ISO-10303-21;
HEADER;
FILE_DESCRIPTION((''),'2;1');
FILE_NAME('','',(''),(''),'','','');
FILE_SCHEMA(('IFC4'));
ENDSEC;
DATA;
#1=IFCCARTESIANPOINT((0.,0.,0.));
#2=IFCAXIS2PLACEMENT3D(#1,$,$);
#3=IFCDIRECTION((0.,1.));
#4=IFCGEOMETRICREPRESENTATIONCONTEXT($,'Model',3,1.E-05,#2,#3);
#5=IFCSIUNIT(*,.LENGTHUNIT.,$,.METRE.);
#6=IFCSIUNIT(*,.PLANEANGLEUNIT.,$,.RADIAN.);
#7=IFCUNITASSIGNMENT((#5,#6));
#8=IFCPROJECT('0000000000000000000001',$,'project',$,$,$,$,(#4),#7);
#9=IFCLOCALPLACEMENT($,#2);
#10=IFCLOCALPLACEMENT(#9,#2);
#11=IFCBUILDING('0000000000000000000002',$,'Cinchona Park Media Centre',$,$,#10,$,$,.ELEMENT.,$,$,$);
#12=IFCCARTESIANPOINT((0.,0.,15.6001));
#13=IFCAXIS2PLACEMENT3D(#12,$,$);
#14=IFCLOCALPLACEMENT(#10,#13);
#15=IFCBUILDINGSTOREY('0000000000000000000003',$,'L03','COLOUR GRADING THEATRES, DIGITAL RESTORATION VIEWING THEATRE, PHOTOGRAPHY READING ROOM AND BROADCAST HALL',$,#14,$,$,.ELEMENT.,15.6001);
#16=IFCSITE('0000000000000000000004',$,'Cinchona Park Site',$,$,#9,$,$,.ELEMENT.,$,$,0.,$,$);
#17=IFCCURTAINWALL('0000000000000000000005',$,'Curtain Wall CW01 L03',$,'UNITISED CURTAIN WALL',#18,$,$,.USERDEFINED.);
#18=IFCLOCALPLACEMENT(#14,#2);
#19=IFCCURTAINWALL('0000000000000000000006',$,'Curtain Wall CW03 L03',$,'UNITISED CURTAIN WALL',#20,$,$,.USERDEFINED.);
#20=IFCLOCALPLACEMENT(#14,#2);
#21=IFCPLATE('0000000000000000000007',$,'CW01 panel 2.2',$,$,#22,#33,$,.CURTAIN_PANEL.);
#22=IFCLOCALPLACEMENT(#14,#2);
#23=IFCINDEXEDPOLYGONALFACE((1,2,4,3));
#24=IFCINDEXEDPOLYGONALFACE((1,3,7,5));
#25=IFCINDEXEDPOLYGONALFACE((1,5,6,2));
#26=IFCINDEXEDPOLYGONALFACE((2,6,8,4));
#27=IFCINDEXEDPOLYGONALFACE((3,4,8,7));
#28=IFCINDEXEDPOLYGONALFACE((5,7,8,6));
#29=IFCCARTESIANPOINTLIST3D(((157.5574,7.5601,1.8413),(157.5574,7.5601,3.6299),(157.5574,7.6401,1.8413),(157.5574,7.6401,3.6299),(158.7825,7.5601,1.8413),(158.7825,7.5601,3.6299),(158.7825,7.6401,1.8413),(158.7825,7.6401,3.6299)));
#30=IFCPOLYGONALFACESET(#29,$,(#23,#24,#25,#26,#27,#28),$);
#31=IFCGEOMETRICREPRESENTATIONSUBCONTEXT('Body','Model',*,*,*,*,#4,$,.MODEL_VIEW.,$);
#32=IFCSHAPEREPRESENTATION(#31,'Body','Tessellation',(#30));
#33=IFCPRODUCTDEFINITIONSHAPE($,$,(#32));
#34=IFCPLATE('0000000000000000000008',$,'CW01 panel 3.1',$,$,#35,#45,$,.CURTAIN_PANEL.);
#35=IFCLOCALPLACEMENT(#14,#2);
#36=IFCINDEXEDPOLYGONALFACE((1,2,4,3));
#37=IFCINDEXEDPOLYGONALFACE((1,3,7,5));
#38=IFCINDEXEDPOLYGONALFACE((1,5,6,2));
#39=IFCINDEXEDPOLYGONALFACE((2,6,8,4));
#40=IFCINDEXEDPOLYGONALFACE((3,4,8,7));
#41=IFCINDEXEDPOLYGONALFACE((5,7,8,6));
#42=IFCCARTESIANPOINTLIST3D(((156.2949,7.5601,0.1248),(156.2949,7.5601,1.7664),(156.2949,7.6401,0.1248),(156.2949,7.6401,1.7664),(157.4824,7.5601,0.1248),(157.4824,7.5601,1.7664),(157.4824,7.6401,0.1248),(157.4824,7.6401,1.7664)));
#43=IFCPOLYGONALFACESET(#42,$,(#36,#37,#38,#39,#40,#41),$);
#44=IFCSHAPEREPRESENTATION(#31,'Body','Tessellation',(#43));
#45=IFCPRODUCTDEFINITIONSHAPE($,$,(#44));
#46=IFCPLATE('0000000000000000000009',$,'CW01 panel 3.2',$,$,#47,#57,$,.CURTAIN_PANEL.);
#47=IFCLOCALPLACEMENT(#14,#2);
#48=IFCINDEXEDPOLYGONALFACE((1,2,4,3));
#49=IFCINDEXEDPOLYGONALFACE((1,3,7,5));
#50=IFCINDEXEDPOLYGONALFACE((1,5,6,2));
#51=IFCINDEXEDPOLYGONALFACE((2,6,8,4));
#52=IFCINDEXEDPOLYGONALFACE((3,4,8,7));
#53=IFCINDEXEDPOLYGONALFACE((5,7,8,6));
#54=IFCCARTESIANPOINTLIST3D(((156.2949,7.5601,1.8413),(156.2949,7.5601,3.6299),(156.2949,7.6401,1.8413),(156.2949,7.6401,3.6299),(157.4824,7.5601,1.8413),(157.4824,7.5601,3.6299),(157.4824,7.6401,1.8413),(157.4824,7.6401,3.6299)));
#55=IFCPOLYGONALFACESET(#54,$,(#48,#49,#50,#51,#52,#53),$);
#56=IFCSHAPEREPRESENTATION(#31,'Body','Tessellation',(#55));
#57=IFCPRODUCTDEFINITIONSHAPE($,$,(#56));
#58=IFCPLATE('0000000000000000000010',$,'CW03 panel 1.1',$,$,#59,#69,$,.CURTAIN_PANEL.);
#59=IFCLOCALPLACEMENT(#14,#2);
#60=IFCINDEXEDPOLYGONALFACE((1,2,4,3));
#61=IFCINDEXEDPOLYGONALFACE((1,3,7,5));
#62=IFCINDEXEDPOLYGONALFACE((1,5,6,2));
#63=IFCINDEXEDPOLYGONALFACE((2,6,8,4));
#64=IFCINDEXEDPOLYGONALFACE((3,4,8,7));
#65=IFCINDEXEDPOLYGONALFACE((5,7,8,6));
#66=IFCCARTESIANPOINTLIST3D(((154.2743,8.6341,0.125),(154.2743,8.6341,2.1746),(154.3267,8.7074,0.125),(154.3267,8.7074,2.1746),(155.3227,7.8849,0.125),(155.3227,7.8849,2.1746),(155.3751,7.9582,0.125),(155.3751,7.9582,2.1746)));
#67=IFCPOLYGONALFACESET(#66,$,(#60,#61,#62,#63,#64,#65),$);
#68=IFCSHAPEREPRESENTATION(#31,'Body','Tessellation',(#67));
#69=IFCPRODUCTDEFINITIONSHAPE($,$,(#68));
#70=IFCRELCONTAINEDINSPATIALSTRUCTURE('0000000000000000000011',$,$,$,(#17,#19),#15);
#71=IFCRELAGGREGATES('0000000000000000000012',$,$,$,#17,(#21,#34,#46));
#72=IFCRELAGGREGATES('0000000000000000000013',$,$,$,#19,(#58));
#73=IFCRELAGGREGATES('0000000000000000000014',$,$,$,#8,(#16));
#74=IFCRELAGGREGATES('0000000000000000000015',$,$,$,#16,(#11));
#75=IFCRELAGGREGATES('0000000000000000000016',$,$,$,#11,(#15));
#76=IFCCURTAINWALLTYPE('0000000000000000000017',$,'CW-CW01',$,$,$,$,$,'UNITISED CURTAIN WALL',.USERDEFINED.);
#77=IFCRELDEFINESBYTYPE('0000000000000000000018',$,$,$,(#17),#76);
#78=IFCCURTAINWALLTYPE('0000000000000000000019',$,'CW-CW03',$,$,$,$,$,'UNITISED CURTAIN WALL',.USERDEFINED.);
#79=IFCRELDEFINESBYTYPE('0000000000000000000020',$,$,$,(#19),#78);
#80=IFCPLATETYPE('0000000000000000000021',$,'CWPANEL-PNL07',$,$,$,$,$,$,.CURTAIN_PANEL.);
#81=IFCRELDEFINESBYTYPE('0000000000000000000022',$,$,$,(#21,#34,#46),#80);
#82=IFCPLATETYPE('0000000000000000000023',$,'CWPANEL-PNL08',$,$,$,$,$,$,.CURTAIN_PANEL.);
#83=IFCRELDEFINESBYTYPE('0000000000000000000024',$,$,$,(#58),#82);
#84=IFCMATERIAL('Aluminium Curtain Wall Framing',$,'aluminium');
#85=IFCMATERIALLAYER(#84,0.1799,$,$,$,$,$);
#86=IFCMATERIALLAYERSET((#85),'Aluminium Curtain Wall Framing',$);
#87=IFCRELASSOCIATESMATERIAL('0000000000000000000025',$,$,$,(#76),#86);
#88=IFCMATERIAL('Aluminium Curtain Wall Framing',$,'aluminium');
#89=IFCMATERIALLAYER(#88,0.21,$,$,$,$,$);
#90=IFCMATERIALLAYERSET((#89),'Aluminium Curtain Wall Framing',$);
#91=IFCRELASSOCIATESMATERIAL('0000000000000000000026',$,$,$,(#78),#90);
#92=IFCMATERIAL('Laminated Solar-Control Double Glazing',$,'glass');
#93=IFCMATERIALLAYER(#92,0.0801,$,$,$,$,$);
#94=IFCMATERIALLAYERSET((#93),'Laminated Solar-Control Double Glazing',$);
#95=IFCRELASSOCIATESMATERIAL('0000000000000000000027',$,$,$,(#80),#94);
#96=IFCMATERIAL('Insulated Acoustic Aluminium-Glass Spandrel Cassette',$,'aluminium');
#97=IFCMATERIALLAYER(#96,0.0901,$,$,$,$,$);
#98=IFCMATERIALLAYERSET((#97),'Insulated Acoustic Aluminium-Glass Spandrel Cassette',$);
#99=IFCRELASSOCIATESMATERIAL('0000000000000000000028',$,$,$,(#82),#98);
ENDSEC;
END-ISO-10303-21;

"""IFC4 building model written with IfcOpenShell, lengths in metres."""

from ifc_helpers import new_model, si_unit, direction, frame, origin, origin_2d, place, context, subcontext, project, spatial, rectangle, extrude, material, layer, layer_set, type_object, element, aggregate, save


model = new_model("IFC4")

# Units and contexts
model_context = context("Model", 3, precision=1e-05, world=origin(), true_north=direction((0.0, 1.0)))
body_context = subcontext(model_context, "Body", "Model", "MODEL_VIEW")
ifc_project = project(units=[si_unit("LENGTHUNIT", "METRE"), si_unit("PLANEANGLEUNIT", "RADIAN")], contexts=[model_context])

# Site, building, storey
site_placement = place(None, origin())
site = spatial("IfcSite", under=ifc_project, at=site_placement, Name="Cinchona Park Site", CompositionType="ELEMENT", RefElevation=0.0)
building_placement = place(site_placement, origin())
building = spatial("IfcBuilding", under=site, at=building_placement, Name="Cinchona Park Media Centre", CompositionType="ELEMENT")
storey_placement = place(building_placement, frame((0.0, 0.0, 15.6001)))
storey = spatial("IfcBuildingStorey", under=building, at=storey_placement, Name="L03", Description="COLOUR GRADING THEATRES, DIGITAL RESTORATION VIEWING THEATRE, PHOTOGRAPHY READING ROOM AND BROADCAST HALL", CompositionType="ELEMENT", Elevation=15.6001)

# Curtain wall
ifc_material_1 = material(Name="Aluminium Curtain Wall Framing", Category="aluminium")
ifc_layer_1 = layer(ifc_material_1, 0.1799)
ifc_layer_set_1 = layer_set([ifc_layer_1], Name="Aluminium Curtain Wall Framing")
curtain_wall_type_1 = type_object("IfcCurtainWallType", Name="CW-CW01", ElementType="UNITISED CURTAIN WALL", PredefinedType="USERDEFINED", material=ifc_layer_set_1)
curtain_wall_1_placement = place(storey_placement, origin())
curtain_wall_1 = element("IfcCurtainWall", 1, at=curtain_wall_1_placement, inside=storey, type_object=curtain_wall_type_1, Name="Curtain Wall CW01 L03", ObjectType="UNITISED CURTAIN WALL", PredefinedType="USERDEFINED")

# Curtain wall
ifc_material_2 = material(Name="Aluminium Curtain Wall Framing", Category="aluminium")
ifc_layer_2 = layer(ifc_material_2, 0.21)
ifc_layer_set_2 = layer_set([ifc_layer_2], Name="Aluminium Curtain Wall Framing")
curtain_wall_type_2 = type_object("IfcCurtainWallType", Name="CW-CW03", ElementType="UNITISED CURTAIN WALL", PredefinedType="USERDEFINED", material=ifc_layer_set_2)
curtain_wall_2_placement = place(storey_placement, origin())
curtain_wall_2 = element("IfcCurtainWall", 2, at=curtain_wall_2_placement, inside=storey, type_object=curtain_wall_type_2, Name="Curtain Wall CW03 L03", ObjectType="UNITISED CURTAIN WALL", PredefinedType="USERDEFINED")

# Plates
ifc_material_3 = material(Name="Laminated Solar-Control Double Glazing", Category="glass")
ifc_layer_3 = layer(ifc_material_3, 0.0801)
ifc_layer_set_3 = layer_set([ifc_layer_3], Name="Laminated Solar-Control Double Glazing")
plate_type_1 = type_object("IfcPlateType", Name="CWPANEL-PNL07", PredefinedType="CURTAIN_PANEL", material=ifc_layer_set_3)
plate_1_placement = place(storey_placement, frame((158.1699, 7.6001, 1.8413), z_axis=(0.0, 0.0, 1.0), x_axis=(-1.0, 0.0, 0.0)))
plate_1 = element("IfcPlate", 3, at=plate_1_placement, type_object=plate_type_1, Name="CW01 panel 2.2", PredefinedType="CURTAIN_PANEL", context=body_context, shape_type="SweptSolid", body=[
    extrude(rectangle(XDim=1.2251, YDim=0.0801, at=origin_2d()), origin(), (0.0, 0.0, 1.0), 1.7886),
])
plate_2_placement = place(storey_placement, frame((156.8887, 7.6001, 0.1248), z_axis=(0.0, 0.0, 1.0), x_axis=(-1.0, 0.0, 0.0)))
plate_2 = element("IfcPlate", 4, at=plate_2_placement, type_object=plate_type_1, Name="CW01 panel 3.1", PredefinedType="CURTAIN_PANEL", context=body_context, shape_type="SweptSolid", body=[
    extrude(rectangle(XDim=1.1875, YDim=0.0801, at=origin_2d()), origin(), (0.0, 0.0, 1.0), 1.6416),
])
plate_3_placement = place(storey_placement, frame((156.8887, 7.6001, 1.8413), z_axis=(0.0, 0.0, 1.0), x_axis=(-1.0, 0.0, 0.0)))
plate_3 = element("IfcPlate", 5, at=plate_3_placement, type_object=plate_type_1, Name="CW01 panel 3.2", PredefinedType="CURTAIN_PANEL", context=body_context, shape_type="SweptSolid", body=[
    extrude(rectangle(XDim=1.1875, YDim=0.0801, at=origin_2d()), origin(), (0.0, 0.0, 1.0), 1.7886),
])
aggregate(curtain_wall_1, [plate_1, plate_2, plate_3])
ifc_material_4 = material(Name="Insulated Acoustic Aluminium-Glass Spandrel Cassette", Category="aluminium")
ifc_layer_4 = layer(ifc_material_4, 0.0901)
ifc_layer_set_4 = layer_set([ifc_layer_4], Name="Insulated Acoustic Aluminium-Glass Spandrel Cassette")
plate_type_2 = type_object("IfcPlateType", Name="CWPANEL-PNL08", PredefinedType="CURTAIN_PANEL", material=ifc_layer_set_4)
plate_4_placement = place(storey_placement, frame((154.8247, 8.2961, 0.125), z_axis=(0.0, 0.0, 1.0), x_axis=(-0.813605, 0.581418, 0.0)))
plate_4 = element("IfcPlate", 6, at=plate_4_placement, type_object=plate_type_2, Name="CW03 panel 1.1", PredefinedType="CURTAIN_PANEL", context=body_context, shape_type="SweptSolid", body=[
    extrude(rectangle(XDim=1.2886, YDim=0.0901, at=origin_2d()), origin(), (0.0, 0.0, 1.0), 2.0496),
])
aggregate(curtain_wall_2, [plate_4])

save(model, "model.ifc")
